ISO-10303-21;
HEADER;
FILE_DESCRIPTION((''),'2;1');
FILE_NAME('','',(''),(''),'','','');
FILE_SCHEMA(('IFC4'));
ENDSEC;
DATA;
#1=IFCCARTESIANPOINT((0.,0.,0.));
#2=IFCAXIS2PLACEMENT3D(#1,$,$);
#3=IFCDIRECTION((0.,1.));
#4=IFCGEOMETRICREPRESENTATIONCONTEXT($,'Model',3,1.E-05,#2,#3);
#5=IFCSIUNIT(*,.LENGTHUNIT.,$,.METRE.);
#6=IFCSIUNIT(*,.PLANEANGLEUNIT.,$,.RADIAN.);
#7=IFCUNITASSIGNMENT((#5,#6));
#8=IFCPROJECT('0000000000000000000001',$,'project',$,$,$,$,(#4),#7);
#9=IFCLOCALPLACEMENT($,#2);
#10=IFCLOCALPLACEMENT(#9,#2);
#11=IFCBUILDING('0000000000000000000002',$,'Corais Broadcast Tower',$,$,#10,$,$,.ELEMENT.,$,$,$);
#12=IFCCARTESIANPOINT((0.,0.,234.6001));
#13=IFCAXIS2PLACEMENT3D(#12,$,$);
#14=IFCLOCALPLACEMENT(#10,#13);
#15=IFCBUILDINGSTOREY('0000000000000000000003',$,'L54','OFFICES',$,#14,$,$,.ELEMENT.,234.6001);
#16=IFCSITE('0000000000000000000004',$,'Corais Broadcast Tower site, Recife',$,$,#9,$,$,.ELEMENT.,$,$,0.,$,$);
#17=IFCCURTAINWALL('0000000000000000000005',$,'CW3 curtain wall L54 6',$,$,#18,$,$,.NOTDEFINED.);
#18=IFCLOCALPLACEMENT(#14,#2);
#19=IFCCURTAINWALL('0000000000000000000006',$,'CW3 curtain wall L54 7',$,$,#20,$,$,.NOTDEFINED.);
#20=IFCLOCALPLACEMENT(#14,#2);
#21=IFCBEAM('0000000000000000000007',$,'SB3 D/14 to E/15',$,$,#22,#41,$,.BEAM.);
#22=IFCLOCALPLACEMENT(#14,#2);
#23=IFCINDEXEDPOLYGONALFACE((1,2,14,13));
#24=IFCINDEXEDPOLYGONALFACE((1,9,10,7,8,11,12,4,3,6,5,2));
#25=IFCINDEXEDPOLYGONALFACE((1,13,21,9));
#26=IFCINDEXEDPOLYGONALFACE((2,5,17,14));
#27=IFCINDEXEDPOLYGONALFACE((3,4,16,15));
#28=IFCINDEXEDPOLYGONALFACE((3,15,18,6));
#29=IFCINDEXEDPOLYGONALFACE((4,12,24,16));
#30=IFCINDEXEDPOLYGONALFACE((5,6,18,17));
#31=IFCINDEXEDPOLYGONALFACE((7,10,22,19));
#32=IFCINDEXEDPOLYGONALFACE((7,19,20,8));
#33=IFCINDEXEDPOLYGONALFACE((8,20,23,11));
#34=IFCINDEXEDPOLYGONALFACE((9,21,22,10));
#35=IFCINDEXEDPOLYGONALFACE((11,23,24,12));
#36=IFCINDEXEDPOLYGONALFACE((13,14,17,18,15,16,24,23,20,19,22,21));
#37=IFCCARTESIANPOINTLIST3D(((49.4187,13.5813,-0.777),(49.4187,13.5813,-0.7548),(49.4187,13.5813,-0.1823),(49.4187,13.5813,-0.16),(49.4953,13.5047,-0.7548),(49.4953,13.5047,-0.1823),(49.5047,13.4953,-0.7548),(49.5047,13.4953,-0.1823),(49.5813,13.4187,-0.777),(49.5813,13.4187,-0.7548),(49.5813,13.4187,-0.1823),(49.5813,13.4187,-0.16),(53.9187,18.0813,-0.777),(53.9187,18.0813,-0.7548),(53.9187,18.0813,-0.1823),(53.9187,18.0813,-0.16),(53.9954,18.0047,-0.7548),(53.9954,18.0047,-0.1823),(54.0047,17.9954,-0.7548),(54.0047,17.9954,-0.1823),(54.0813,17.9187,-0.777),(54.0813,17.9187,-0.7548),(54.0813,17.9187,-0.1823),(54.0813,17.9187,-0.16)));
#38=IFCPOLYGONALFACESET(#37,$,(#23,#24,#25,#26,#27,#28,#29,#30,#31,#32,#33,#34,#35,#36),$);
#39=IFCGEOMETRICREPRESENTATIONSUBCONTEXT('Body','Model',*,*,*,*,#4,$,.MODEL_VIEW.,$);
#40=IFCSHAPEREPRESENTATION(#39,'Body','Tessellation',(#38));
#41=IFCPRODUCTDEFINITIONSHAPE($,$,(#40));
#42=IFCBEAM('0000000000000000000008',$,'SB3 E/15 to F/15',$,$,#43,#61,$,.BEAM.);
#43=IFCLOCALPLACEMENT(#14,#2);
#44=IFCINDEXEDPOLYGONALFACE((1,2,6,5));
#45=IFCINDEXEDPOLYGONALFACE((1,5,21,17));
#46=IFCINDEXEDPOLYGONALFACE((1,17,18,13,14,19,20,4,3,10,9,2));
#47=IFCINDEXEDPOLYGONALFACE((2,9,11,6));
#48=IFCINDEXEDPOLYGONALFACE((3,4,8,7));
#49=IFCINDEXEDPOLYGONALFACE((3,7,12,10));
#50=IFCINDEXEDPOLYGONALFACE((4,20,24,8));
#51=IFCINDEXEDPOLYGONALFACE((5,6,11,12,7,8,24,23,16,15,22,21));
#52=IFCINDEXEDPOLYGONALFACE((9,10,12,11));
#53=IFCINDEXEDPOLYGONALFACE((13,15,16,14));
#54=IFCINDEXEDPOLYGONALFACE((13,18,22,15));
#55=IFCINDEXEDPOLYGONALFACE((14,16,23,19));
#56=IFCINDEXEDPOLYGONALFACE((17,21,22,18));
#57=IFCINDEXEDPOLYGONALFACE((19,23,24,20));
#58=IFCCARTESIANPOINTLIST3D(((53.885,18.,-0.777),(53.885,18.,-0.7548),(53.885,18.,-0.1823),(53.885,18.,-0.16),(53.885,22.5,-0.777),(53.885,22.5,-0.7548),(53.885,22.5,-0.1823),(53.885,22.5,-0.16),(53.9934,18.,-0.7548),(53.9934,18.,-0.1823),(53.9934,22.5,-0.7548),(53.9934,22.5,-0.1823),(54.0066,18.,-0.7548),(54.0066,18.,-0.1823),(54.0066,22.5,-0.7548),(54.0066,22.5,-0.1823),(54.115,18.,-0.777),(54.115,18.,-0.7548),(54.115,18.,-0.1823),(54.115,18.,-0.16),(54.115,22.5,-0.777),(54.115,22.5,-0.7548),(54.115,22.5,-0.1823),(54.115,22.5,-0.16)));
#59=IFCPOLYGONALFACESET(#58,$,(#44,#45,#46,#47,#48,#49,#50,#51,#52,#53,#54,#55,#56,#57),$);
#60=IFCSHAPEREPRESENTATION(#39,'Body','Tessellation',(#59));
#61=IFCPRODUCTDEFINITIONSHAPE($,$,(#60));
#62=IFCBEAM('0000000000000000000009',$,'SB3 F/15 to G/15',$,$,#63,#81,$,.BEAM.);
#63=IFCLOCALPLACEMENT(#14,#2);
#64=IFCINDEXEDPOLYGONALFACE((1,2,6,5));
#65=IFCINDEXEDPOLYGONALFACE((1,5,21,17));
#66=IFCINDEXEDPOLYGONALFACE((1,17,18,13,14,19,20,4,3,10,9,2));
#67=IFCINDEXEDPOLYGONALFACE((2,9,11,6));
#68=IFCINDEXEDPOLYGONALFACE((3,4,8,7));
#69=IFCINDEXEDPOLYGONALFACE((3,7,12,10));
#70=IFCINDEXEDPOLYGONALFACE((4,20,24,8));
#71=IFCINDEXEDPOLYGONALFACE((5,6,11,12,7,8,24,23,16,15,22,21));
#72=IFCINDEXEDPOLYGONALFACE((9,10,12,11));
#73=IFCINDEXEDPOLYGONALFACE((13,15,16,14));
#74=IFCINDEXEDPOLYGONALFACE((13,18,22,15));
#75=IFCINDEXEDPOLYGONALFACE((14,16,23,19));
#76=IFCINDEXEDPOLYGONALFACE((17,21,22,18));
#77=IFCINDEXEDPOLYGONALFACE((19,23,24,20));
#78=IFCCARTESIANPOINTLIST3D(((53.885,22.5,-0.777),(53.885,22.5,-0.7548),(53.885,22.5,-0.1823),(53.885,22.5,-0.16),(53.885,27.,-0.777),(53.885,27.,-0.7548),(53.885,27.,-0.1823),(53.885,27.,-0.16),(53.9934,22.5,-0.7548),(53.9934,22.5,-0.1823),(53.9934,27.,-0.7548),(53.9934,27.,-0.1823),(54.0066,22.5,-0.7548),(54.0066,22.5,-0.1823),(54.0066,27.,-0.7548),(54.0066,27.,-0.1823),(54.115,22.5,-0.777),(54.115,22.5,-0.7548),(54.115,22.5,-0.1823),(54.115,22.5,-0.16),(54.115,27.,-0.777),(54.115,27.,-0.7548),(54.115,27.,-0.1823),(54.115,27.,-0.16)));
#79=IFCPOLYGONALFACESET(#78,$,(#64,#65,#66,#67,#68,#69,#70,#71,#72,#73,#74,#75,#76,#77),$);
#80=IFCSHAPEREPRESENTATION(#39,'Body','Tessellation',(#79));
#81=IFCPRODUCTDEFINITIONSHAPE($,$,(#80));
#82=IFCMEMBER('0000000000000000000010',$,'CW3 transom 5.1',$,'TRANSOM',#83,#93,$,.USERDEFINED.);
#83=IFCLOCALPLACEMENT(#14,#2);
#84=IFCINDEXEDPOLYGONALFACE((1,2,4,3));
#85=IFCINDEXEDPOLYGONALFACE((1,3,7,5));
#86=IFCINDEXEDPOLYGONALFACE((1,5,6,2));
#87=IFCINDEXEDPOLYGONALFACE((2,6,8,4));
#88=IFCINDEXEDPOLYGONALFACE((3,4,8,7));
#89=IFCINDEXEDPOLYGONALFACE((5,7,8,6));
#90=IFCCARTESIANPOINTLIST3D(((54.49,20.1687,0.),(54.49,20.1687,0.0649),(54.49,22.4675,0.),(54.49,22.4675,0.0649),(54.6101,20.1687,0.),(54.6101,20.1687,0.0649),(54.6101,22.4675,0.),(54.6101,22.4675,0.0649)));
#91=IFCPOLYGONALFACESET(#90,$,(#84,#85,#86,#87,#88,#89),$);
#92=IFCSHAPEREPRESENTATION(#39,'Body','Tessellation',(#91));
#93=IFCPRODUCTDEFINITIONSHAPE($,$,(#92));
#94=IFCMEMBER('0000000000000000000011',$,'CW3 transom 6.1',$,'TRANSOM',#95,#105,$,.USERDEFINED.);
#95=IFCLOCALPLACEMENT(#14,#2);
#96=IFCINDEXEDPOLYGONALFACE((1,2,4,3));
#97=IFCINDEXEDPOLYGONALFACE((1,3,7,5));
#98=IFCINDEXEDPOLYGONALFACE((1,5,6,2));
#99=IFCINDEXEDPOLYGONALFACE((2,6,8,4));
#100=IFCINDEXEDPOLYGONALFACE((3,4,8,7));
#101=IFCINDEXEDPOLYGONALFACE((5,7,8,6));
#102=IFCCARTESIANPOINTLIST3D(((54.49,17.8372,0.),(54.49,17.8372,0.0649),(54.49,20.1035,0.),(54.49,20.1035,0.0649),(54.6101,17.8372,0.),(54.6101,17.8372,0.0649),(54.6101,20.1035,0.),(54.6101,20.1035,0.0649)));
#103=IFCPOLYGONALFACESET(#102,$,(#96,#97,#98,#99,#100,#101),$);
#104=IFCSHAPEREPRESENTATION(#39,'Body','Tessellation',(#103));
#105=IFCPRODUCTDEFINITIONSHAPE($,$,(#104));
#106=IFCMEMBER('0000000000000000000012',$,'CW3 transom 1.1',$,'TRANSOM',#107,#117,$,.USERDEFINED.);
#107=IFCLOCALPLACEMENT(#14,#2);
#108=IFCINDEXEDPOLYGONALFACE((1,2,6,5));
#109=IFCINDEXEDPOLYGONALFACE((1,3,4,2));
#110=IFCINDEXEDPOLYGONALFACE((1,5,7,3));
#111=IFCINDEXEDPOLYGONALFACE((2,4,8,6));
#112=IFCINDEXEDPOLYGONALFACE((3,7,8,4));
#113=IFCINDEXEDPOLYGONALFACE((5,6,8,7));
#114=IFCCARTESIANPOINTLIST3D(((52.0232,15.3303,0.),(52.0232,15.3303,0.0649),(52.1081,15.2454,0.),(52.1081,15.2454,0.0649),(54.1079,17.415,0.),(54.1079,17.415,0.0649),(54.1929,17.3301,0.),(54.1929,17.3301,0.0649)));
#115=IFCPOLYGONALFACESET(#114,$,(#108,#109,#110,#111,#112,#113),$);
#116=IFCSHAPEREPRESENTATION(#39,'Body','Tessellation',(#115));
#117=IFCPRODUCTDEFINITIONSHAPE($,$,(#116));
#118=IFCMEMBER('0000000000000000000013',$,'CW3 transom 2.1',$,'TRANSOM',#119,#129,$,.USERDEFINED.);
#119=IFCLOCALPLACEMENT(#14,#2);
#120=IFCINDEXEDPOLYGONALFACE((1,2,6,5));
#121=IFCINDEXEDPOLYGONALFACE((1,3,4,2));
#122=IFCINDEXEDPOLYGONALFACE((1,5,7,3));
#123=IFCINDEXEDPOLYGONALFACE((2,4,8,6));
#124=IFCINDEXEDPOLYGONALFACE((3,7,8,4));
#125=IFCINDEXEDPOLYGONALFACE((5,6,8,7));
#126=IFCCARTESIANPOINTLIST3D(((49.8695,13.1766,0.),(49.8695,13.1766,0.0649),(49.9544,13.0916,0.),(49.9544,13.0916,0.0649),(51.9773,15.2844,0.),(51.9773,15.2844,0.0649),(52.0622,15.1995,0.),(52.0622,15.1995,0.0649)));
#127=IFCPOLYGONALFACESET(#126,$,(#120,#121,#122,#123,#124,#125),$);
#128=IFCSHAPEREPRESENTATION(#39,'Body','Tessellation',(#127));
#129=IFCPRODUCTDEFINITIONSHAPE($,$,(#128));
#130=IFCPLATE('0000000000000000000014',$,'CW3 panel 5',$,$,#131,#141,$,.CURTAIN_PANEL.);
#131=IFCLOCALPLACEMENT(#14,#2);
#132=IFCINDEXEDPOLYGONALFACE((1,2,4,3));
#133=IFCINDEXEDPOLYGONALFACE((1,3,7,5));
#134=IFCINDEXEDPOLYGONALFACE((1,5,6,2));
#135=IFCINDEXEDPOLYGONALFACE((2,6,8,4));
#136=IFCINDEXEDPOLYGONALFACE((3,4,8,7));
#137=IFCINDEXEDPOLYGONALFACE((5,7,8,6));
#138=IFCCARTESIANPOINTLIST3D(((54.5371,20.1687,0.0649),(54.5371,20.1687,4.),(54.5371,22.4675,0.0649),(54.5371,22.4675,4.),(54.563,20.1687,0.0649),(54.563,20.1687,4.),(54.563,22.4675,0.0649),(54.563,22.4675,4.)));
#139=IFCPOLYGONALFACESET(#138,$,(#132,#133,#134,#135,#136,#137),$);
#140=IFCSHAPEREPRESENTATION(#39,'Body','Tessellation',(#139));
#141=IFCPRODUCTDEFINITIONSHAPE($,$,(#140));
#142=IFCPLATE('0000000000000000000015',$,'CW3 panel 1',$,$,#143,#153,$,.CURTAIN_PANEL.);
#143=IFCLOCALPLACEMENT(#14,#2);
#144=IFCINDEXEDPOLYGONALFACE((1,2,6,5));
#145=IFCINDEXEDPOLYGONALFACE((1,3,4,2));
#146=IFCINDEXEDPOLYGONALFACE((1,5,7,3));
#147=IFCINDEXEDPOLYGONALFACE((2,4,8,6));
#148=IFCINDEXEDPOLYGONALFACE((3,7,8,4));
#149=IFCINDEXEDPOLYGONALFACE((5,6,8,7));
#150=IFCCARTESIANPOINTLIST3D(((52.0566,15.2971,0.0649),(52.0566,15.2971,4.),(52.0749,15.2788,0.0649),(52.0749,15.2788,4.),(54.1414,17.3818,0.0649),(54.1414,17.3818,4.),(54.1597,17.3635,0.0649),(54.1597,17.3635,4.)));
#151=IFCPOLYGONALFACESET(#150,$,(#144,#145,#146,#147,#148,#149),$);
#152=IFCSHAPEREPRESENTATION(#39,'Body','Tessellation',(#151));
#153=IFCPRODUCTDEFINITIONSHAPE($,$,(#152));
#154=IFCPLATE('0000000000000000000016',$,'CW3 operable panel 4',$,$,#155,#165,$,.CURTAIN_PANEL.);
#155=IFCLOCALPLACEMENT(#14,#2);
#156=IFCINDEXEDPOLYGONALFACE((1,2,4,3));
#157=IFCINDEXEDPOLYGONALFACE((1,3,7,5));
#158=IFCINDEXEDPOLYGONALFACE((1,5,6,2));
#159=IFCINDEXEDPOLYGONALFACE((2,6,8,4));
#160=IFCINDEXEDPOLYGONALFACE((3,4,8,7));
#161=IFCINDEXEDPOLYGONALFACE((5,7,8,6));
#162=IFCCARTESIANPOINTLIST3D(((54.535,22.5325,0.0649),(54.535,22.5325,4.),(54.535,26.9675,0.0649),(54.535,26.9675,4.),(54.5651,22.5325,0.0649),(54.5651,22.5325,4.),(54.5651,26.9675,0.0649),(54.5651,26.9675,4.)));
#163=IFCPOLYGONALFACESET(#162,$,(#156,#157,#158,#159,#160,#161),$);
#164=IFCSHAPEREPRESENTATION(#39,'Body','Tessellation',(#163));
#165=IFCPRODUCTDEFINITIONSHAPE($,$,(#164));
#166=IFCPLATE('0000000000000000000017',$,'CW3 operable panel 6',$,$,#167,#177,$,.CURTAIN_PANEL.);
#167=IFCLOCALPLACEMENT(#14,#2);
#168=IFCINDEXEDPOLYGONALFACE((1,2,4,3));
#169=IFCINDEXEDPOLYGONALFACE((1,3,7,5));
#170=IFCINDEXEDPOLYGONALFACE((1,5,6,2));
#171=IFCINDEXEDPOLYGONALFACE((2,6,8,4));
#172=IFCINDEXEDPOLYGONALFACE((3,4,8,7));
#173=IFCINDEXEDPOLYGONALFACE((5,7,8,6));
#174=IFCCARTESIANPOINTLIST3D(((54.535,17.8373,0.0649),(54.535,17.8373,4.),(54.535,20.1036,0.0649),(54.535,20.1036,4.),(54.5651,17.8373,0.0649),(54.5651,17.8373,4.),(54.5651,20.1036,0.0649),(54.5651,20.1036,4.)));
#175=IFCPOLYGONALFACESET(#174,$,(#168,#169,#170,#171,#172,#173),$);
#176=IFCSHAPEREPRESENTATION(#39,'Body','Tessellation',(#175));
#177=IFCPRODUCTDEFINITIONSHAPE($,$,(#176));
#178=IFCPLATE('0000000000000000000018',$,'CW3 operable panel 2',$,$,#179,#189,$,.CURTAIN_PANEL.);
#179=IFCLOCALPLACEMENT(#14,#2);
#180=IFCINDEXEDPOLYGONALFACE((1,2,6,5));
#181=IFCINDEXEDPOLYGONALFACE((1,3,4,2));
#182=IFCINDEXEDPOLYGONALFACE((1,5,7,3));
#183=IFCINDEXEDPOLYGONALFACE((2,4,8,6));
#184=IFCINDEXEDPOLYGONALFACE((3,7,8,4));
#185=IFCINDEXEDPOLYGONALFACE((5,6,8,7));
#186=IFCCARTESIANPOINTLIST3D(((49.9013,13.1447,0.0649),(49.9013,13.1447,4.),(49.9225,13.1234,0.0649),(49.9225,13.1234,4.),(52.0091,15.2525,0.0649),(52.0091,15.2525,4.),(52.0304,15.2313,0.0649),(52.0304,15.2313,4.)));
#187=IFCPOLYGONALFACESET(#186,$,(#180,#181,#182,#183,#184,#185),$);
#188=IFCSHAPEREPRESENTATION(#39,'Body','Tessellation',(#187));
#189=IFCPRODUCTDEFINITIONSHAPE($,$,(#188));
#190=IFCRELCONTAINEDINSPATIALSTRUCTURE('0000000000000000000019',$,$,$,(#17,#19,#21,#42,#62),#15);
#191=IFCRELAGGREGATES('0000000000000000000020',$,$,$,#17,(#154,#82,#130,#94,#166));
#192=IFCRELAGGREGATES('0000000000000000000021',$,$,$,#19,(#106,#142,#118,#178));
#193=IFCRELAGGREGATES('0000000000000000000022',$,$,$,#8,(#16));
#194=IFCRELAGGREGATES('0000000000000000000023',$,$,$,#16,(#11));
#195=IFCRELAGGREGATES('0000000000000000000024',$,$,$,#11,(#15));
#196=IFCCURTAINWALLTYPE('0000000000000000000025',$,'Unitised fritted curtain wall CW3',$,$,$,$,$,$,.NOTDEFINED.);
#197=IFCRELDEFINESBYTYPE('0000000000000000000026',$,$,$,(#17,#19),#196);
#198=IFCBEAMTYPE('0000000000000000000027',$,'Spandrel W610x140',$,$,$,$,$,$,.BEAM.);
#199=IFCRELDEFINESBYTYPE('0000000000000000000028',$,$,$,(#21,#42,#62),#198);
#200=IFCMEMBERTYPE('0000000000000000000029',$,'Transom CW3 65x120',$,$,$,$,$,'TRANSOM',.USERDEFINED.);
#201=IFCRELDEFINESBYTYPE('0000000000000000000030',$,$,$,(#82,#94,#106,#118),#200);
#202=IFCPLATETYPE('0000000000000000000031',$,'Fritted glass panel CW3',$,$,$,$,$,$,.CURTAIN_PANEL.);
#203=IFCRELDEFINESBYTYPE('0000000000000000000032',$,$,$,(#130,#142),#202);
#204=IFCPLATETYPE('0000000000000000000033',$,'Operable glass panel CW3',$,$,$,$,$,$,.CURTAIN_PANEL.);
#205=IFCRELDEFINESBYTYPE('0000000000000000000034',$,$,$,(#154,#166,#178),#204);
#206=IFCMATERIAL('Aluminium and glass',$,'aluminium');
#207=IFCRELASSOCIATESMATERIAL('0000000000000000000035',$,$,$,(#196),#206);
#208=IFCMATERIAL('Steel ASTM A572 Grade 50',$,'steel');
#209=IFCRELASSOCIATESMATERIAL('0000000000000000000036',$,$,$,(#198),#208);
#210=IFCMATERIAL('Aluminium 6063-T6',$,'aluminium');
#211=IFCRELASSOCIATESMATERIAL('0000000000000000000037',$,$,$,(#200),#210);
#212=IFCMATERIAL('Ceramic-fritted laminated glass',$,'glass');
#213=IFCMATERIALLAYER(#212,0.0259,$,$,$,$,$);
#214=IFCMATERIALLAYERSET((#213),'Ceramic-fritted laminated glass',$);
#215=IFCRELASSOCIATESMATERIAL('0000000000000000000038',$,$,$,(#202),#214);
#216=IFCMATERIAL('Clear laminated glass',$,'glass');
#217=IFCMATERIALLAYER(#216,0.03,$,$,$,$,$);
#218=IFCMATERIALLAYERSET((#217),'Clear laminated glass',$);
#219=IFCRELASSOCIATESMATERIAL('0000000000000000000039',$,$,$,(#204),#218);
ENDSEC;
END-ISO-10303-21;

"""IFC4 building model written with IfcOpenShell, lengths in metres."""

from ifc_helpers import new_model, si_unit, direction, frame, origin, origin_2d, place, context, subcontext, project, spatial, rectangle, i_section, extrude, material, layer, layer_set, material_profile, profile_set, type_object, element, aggregate, save


model = new_model("IFC4")

# Units and contexts
model_context = context("Model", 3, precision=1e-05, world=origin(), true_north=direction((0.0, 1.0)))
body_context = subcontext(model_context, "Body", "Model", "MODEL_VIEW")
ifc_project = project(units=[si_unit("LENGTHUNIT", "METRE"), si_unit("PLANEANGLEUNIT", "RADIAN")], contexts=[model_context])

# Site, building, storey
site_placement = place(None, origin())
site = spatial("IfcSite", under=ifc_project, at=site_placement, Name="Corais Broadcast Tower site, Recife", CompositionType="ELEMENT", RefElevation=0.0)
building_placement = place(site_placement, origin())
building = spatial("IfcBuilding", under=site, at=building_placement, Name="Corais Broadcast Tower", CompositionType="ELEMENT")
storey_placement = place(building_placement, frame((0.0, 0.0, 234.6001)))
storey = spatial("IfcBuildingStorey", under=building, at=storey_placement, Name="L54", Description="OFFICES", CompositionType="ELEMENT", Elevation=234.6001)

# Curtain walls
ifc_material_1 = material(Name="Aluminium and glass", Category="aluminium")
curtain_wall_type = type_object("IfcCurtainWallType", Name="Unitised fritted curtain wall CW3", PredefinedType="NOTDEFINED", material=ifc_material_1)
curtain_wall_1_placement = place(storey_placement, origin())
curtain_wall_1 = element("IfcCurtainWall", 1, at=curtain_wall_1_placement, inside=storey, type_object=curtain_wall_type, Name="CW3 curtain wall L54 6", PredefinedType="NOTDEFINED")
curtain_wall_2_placement = place(storey_placement, origin())
curtain_wall_2 = element("IfcCurtainWall", 2, at=curtain_wall_2_placement, inside=storey, type_object=curtain_wall_type, Name="CW3 curtain wall L54 7", PredefinedType="NOTDEFINED")

# Beams
ifc_material_2 = material(Name="Steel ASTM A572 Grade 50", Category="steel")
ifc_material_profile_1 = material_profile(ifc_material_2, i_section(OverallWidth=0.23, OverallDepth=0.6169, WebThickness=0.0132, FlangeThickness=0.0222, at=origin_2d()), Name="W610x140")
ifc_profile_set_1 = profile_set([ifc_material_profile_1], Name="Steel ASTM A572 Grade 50")
beam_type_1 = type_object("IfcBeamType", Name="Spandrel W610x140", PredefinedType="BEAM", material=ifc_profile_set_1)
beam_1_placement = place(storey_placement, frame((49.5, 13.5, -0.4685), z_axis=(0.707107, 0.707107, 0.0), x_axis=(-0.707107, 0.707107, 0.0)))
element("IfcBeam", 3, at=beam_1_placement, inside=storey, type_object=beam_type_1, Name="SB3 D/14 to E/15", PredefinedType="BEAM", context=body_context, shape_type="SweptSolid", body=[
    extrude(i_section(OverallWidth=0.23, OverallDepth=0.6169, WebThickness=0.0132, FlangeThickness=0.0222, at=origin_2d()), origin(), (0.0, 0.0, 1.0), 6.364),
])
for number, where, z_axis, x_axis, name in (
    (4, (54.0, 18.0, -0.4685), (0.0, 1.0, 0.0), (-1.0, 0.0, 0.0), "SB3 E/15 to F/15"),
    (5, (54.0, 22.5, -0.4685), (0.0, 1.0, 0.0), (-1.0, 0.0, 0.0), "SB3 F/15 to G/15"),
):
    element("IfcBeam", number, at=place(storey_placement, frame(where, z_axis=z_axis, x_axis=x_axis)), inside=storey, type_object=beam_type_1, Name=name, PredefinedType="BEAM", context=body_context, shape_type="SweptSolid", body=[
        extrude(i_section(OverallWidth=0.23, OverallDepth=0.6169, WebThickness=0.0132, FlangeThickness=0.0222, at=origin_2d()), origin(), (0.0, 0.0, 1.0), 4.5),
    ])

# Members
ifc_material_3 = material(Name="Aluminium 6063-T6", Category="aluminium")
ifc_material_profile_2 = material_profile(ifc_material_3, rectangle(XDim=0.1201, YDim=0.0649, at=origin_2d()), Name="Transom CW3 65x120")
ifc_profile_set_2 = profile_set([ifc_material_profile_2], Name="Aluminium 6063-T6")
member_type_1 = type_object("IfcMemberType", Name="Transom CW3 65x120", ElementType="TRANSOM", PredefinedType="USERDEFINED", material=ifc_profile_set_2)
member_1_placement = place(storey_placement, frame((54.55, 22.4675, 0.0325), z_axis=(0.0, -1.0, 0.0), x_axis=(1.0, 0.0, 0.0)))
member_1 = element("IfcMember", 6, at=member_1_placement, type_object=member_type_1, Name="CW3 transom 5.1", ObjectType="TRANSOM", PredefinedType="USERDEFINED", context=body_context, shape_type="SweptSolid", body=[
    extrude(rectangle(XDim=0.1201, YDim=0.0649, at=origin_2d()), origin(), (0.0, 0.0, 1.0), 2.2988),
])
member_2_placement = place(storey_placement, frame((54.55, 20.1035, 0.0325), z_axis=(0.0, -1.0, 0.0), x_axis=(1.0, 0.0, 0.0)))
member_2 = element("IfcMember", 7, at=member_2_placement, type_object=member_type_1, Name="CW3 transom 6.1", ObjectType="TRANSOM", PredefinedType="USERDEFINED", context=body_context, shape_type="SweptSolid", body=[
    extrude(rectangle(XDim=0.1201, YDim=0.0649, at=origin_2d()), origin(), (0.0, 0.0, 1.0), 2.2664),
])
member_3_placement = place(storey_placement, frame((54.1504, 17.3726, 0.0325), z_axis=(-0.707107, -0.707107, 0.0), x_axis=(0.707107, -0.707107, 0.0)))
member_3 = element("IfcMember", 8, at=member_3_placement, type_object=member_type_1, Name="CW3 transom 1.1", ObjectType="TRANSOM", PredefinedType="USERDEFINED", context=body_context, shape_type="SweptSolid", body=[
    extrude(rectangle(XDim=0.1201, YDim=0.0649, at=origin_2d()), origin(), (0.0, 0.0, 1.0), 2.9482),
])
member_4_placement = place(storey_placement, frame((52.0198, 15.2419, 0.0325), z_axis=(-0.707107, -0.707107, 0.0), x_axis=(0.707107, -0.707107, 0.0)))
member_4 = element("IfcMember", 9, at=member_4_placement, type_object=member_type_1, Name="CW3 transom 2.1", ObjectType="TRANSOM", PredefinedType="USERDEFINED", context=body_context, shape_type="SweptSolid", body=[
    extrude(rectangle(XDim=0.1201, YDim=0.0649, at=origin_2d()), origin(), (0.0, 0.0, 1.0), 2.981),
])

# Plates
ifc_material_4 = material(Name="Ceramic-fritted laminated glass", Category="glass")
ifc_layer_1 = layer(ifc_material_4, 0.0259)
ifc_layer_set_1 = layer_set([ifc_layer_1], Name="Ceramic-fritted laminated glass")
plate_type_1 = type_object("IfcPlateType", Name="Fritted glass panel CW3", PredefinedType="CURTAIN_PANEL", material=ifc_layer_set_1)
plate_1_placement = place(storey_placement, frame((54.55, 21.3181, 0.0649), z_axis=(0.0, 0.0, 1.0), x_axis=(0.0, -1.0, 0.0)))
plate_1 = element("IfcPlate", 10, at=plate_1_placement, type_object=plate_type_1, Name="CW3 panel 5", PredefinedType="CURTAIN_PANEL", context=body_context, shape_type="SweptSolid", body=[
    extrude(rectangle(XDim=2.2988, YDim=0.0259, at=origin_2d()), origin(), (0.0, 0.0, 1.0), 3.9351),
])
plate_2_placement = place(storey_placement, frame((53.1082, 16.3303, 0.0649), z_axis=(0.0, 0.0, 1.0), x_axis=(-0.707107, -0.707107, 0.0)))
plate_2 = element("IfcPlate", 11, at=plate_2_placement, type_object=plate_type_1, Name="CW3 panel 1", PredefinedType="CURTAIN_PANEL", context=body_context, shape_type="SweptSolid", body=[
    extrude(rectangle(XDim=2.9482, YDim=0.0259, at=origin_2d()), origin(), (0.0, 0.0, 1.0), 3.9351),
])
ifc_material_5 = material(Name="Clear laminated glass", Category="glass")
ifc_layer_2 = layer(ifc_material_5, 0.03)
ifc_layer_set_2 = layer_set([ifc_layer_2], Name="Clear laminated glass")
plate_type_2 = type_object("IfcPlateType", Name="Operable glass panel CW3", PredefinedType="CURTAIN_PANEL", material=ifc_layer_set_2)
plate_3_placement = place(storey_placement, frame((54.55, 24.75, 0.0649), z_axis=(0.0, 0.0, 1.0), x_axis=(0.0, -1.0, 0.0)))
plate_3 = element("IfcPlate", 12, at=plate_3_placement, type_object=plate_type_2, Name="CW3 operable panel 4", PredefinedType="CURTAIN_PANEL", context=body_context, shape_type="SweptSolid", body=[
    extrude(rectangle(XDim=4.4351, YDim=0.03, at=origin_2d()), origin(), (0.0, 0.0, 1.0), 3.9351),
])
plate_4_placement = place(storey_placement, frame((54.55, 18.9705, 0.0649), z_axis=(0.0, 0.0, 1.0), x_axis=(0.0, -1.0, 0.0)))
plate_4 = element("IfcPlate", 13, at=plate_4_placement, type_object=plate_type_2, Name="CW3 operable panel 6", PredefinedType="CURTAIN_PANEL", context=body_context, shape_type="SweptSolid", body=[
    extrude(rectangle(XDim=2.2664, YDim=0.03, at=origin_2d()), origin(), (0.0, 0.0, 1.0), 3.9351),
])
aggregate(curtain_wall_1, [plate_3, member_1, plate_1, member_2, plate_4])
plate_5_placement = place(storey_placement, frame((50.9658, 14.188, 0.0649), z_axis=(0.0, 0.0, 1.0), x_axis=(-0.707107, -0.707107, 0.0)))
plate_5 = element("IfcPlate", 14, at=plate_5_placement, type_object=plate_type_2, Name="CW3 operable panel 2", PredefinedType="CURTAIN_PANEL", context=body_context, shape_type="SweptSolid", body=[
    extrude(rectangle(XDim=2.981, YDim=0.03, at=origin_2d()), origin(), (0.0, 0.0, 1.0), 3.9351),
])
aggregate(curtain_wall_2, [member_3, plate_2, member_4, plate_5])

save(model, "model.ifc")
